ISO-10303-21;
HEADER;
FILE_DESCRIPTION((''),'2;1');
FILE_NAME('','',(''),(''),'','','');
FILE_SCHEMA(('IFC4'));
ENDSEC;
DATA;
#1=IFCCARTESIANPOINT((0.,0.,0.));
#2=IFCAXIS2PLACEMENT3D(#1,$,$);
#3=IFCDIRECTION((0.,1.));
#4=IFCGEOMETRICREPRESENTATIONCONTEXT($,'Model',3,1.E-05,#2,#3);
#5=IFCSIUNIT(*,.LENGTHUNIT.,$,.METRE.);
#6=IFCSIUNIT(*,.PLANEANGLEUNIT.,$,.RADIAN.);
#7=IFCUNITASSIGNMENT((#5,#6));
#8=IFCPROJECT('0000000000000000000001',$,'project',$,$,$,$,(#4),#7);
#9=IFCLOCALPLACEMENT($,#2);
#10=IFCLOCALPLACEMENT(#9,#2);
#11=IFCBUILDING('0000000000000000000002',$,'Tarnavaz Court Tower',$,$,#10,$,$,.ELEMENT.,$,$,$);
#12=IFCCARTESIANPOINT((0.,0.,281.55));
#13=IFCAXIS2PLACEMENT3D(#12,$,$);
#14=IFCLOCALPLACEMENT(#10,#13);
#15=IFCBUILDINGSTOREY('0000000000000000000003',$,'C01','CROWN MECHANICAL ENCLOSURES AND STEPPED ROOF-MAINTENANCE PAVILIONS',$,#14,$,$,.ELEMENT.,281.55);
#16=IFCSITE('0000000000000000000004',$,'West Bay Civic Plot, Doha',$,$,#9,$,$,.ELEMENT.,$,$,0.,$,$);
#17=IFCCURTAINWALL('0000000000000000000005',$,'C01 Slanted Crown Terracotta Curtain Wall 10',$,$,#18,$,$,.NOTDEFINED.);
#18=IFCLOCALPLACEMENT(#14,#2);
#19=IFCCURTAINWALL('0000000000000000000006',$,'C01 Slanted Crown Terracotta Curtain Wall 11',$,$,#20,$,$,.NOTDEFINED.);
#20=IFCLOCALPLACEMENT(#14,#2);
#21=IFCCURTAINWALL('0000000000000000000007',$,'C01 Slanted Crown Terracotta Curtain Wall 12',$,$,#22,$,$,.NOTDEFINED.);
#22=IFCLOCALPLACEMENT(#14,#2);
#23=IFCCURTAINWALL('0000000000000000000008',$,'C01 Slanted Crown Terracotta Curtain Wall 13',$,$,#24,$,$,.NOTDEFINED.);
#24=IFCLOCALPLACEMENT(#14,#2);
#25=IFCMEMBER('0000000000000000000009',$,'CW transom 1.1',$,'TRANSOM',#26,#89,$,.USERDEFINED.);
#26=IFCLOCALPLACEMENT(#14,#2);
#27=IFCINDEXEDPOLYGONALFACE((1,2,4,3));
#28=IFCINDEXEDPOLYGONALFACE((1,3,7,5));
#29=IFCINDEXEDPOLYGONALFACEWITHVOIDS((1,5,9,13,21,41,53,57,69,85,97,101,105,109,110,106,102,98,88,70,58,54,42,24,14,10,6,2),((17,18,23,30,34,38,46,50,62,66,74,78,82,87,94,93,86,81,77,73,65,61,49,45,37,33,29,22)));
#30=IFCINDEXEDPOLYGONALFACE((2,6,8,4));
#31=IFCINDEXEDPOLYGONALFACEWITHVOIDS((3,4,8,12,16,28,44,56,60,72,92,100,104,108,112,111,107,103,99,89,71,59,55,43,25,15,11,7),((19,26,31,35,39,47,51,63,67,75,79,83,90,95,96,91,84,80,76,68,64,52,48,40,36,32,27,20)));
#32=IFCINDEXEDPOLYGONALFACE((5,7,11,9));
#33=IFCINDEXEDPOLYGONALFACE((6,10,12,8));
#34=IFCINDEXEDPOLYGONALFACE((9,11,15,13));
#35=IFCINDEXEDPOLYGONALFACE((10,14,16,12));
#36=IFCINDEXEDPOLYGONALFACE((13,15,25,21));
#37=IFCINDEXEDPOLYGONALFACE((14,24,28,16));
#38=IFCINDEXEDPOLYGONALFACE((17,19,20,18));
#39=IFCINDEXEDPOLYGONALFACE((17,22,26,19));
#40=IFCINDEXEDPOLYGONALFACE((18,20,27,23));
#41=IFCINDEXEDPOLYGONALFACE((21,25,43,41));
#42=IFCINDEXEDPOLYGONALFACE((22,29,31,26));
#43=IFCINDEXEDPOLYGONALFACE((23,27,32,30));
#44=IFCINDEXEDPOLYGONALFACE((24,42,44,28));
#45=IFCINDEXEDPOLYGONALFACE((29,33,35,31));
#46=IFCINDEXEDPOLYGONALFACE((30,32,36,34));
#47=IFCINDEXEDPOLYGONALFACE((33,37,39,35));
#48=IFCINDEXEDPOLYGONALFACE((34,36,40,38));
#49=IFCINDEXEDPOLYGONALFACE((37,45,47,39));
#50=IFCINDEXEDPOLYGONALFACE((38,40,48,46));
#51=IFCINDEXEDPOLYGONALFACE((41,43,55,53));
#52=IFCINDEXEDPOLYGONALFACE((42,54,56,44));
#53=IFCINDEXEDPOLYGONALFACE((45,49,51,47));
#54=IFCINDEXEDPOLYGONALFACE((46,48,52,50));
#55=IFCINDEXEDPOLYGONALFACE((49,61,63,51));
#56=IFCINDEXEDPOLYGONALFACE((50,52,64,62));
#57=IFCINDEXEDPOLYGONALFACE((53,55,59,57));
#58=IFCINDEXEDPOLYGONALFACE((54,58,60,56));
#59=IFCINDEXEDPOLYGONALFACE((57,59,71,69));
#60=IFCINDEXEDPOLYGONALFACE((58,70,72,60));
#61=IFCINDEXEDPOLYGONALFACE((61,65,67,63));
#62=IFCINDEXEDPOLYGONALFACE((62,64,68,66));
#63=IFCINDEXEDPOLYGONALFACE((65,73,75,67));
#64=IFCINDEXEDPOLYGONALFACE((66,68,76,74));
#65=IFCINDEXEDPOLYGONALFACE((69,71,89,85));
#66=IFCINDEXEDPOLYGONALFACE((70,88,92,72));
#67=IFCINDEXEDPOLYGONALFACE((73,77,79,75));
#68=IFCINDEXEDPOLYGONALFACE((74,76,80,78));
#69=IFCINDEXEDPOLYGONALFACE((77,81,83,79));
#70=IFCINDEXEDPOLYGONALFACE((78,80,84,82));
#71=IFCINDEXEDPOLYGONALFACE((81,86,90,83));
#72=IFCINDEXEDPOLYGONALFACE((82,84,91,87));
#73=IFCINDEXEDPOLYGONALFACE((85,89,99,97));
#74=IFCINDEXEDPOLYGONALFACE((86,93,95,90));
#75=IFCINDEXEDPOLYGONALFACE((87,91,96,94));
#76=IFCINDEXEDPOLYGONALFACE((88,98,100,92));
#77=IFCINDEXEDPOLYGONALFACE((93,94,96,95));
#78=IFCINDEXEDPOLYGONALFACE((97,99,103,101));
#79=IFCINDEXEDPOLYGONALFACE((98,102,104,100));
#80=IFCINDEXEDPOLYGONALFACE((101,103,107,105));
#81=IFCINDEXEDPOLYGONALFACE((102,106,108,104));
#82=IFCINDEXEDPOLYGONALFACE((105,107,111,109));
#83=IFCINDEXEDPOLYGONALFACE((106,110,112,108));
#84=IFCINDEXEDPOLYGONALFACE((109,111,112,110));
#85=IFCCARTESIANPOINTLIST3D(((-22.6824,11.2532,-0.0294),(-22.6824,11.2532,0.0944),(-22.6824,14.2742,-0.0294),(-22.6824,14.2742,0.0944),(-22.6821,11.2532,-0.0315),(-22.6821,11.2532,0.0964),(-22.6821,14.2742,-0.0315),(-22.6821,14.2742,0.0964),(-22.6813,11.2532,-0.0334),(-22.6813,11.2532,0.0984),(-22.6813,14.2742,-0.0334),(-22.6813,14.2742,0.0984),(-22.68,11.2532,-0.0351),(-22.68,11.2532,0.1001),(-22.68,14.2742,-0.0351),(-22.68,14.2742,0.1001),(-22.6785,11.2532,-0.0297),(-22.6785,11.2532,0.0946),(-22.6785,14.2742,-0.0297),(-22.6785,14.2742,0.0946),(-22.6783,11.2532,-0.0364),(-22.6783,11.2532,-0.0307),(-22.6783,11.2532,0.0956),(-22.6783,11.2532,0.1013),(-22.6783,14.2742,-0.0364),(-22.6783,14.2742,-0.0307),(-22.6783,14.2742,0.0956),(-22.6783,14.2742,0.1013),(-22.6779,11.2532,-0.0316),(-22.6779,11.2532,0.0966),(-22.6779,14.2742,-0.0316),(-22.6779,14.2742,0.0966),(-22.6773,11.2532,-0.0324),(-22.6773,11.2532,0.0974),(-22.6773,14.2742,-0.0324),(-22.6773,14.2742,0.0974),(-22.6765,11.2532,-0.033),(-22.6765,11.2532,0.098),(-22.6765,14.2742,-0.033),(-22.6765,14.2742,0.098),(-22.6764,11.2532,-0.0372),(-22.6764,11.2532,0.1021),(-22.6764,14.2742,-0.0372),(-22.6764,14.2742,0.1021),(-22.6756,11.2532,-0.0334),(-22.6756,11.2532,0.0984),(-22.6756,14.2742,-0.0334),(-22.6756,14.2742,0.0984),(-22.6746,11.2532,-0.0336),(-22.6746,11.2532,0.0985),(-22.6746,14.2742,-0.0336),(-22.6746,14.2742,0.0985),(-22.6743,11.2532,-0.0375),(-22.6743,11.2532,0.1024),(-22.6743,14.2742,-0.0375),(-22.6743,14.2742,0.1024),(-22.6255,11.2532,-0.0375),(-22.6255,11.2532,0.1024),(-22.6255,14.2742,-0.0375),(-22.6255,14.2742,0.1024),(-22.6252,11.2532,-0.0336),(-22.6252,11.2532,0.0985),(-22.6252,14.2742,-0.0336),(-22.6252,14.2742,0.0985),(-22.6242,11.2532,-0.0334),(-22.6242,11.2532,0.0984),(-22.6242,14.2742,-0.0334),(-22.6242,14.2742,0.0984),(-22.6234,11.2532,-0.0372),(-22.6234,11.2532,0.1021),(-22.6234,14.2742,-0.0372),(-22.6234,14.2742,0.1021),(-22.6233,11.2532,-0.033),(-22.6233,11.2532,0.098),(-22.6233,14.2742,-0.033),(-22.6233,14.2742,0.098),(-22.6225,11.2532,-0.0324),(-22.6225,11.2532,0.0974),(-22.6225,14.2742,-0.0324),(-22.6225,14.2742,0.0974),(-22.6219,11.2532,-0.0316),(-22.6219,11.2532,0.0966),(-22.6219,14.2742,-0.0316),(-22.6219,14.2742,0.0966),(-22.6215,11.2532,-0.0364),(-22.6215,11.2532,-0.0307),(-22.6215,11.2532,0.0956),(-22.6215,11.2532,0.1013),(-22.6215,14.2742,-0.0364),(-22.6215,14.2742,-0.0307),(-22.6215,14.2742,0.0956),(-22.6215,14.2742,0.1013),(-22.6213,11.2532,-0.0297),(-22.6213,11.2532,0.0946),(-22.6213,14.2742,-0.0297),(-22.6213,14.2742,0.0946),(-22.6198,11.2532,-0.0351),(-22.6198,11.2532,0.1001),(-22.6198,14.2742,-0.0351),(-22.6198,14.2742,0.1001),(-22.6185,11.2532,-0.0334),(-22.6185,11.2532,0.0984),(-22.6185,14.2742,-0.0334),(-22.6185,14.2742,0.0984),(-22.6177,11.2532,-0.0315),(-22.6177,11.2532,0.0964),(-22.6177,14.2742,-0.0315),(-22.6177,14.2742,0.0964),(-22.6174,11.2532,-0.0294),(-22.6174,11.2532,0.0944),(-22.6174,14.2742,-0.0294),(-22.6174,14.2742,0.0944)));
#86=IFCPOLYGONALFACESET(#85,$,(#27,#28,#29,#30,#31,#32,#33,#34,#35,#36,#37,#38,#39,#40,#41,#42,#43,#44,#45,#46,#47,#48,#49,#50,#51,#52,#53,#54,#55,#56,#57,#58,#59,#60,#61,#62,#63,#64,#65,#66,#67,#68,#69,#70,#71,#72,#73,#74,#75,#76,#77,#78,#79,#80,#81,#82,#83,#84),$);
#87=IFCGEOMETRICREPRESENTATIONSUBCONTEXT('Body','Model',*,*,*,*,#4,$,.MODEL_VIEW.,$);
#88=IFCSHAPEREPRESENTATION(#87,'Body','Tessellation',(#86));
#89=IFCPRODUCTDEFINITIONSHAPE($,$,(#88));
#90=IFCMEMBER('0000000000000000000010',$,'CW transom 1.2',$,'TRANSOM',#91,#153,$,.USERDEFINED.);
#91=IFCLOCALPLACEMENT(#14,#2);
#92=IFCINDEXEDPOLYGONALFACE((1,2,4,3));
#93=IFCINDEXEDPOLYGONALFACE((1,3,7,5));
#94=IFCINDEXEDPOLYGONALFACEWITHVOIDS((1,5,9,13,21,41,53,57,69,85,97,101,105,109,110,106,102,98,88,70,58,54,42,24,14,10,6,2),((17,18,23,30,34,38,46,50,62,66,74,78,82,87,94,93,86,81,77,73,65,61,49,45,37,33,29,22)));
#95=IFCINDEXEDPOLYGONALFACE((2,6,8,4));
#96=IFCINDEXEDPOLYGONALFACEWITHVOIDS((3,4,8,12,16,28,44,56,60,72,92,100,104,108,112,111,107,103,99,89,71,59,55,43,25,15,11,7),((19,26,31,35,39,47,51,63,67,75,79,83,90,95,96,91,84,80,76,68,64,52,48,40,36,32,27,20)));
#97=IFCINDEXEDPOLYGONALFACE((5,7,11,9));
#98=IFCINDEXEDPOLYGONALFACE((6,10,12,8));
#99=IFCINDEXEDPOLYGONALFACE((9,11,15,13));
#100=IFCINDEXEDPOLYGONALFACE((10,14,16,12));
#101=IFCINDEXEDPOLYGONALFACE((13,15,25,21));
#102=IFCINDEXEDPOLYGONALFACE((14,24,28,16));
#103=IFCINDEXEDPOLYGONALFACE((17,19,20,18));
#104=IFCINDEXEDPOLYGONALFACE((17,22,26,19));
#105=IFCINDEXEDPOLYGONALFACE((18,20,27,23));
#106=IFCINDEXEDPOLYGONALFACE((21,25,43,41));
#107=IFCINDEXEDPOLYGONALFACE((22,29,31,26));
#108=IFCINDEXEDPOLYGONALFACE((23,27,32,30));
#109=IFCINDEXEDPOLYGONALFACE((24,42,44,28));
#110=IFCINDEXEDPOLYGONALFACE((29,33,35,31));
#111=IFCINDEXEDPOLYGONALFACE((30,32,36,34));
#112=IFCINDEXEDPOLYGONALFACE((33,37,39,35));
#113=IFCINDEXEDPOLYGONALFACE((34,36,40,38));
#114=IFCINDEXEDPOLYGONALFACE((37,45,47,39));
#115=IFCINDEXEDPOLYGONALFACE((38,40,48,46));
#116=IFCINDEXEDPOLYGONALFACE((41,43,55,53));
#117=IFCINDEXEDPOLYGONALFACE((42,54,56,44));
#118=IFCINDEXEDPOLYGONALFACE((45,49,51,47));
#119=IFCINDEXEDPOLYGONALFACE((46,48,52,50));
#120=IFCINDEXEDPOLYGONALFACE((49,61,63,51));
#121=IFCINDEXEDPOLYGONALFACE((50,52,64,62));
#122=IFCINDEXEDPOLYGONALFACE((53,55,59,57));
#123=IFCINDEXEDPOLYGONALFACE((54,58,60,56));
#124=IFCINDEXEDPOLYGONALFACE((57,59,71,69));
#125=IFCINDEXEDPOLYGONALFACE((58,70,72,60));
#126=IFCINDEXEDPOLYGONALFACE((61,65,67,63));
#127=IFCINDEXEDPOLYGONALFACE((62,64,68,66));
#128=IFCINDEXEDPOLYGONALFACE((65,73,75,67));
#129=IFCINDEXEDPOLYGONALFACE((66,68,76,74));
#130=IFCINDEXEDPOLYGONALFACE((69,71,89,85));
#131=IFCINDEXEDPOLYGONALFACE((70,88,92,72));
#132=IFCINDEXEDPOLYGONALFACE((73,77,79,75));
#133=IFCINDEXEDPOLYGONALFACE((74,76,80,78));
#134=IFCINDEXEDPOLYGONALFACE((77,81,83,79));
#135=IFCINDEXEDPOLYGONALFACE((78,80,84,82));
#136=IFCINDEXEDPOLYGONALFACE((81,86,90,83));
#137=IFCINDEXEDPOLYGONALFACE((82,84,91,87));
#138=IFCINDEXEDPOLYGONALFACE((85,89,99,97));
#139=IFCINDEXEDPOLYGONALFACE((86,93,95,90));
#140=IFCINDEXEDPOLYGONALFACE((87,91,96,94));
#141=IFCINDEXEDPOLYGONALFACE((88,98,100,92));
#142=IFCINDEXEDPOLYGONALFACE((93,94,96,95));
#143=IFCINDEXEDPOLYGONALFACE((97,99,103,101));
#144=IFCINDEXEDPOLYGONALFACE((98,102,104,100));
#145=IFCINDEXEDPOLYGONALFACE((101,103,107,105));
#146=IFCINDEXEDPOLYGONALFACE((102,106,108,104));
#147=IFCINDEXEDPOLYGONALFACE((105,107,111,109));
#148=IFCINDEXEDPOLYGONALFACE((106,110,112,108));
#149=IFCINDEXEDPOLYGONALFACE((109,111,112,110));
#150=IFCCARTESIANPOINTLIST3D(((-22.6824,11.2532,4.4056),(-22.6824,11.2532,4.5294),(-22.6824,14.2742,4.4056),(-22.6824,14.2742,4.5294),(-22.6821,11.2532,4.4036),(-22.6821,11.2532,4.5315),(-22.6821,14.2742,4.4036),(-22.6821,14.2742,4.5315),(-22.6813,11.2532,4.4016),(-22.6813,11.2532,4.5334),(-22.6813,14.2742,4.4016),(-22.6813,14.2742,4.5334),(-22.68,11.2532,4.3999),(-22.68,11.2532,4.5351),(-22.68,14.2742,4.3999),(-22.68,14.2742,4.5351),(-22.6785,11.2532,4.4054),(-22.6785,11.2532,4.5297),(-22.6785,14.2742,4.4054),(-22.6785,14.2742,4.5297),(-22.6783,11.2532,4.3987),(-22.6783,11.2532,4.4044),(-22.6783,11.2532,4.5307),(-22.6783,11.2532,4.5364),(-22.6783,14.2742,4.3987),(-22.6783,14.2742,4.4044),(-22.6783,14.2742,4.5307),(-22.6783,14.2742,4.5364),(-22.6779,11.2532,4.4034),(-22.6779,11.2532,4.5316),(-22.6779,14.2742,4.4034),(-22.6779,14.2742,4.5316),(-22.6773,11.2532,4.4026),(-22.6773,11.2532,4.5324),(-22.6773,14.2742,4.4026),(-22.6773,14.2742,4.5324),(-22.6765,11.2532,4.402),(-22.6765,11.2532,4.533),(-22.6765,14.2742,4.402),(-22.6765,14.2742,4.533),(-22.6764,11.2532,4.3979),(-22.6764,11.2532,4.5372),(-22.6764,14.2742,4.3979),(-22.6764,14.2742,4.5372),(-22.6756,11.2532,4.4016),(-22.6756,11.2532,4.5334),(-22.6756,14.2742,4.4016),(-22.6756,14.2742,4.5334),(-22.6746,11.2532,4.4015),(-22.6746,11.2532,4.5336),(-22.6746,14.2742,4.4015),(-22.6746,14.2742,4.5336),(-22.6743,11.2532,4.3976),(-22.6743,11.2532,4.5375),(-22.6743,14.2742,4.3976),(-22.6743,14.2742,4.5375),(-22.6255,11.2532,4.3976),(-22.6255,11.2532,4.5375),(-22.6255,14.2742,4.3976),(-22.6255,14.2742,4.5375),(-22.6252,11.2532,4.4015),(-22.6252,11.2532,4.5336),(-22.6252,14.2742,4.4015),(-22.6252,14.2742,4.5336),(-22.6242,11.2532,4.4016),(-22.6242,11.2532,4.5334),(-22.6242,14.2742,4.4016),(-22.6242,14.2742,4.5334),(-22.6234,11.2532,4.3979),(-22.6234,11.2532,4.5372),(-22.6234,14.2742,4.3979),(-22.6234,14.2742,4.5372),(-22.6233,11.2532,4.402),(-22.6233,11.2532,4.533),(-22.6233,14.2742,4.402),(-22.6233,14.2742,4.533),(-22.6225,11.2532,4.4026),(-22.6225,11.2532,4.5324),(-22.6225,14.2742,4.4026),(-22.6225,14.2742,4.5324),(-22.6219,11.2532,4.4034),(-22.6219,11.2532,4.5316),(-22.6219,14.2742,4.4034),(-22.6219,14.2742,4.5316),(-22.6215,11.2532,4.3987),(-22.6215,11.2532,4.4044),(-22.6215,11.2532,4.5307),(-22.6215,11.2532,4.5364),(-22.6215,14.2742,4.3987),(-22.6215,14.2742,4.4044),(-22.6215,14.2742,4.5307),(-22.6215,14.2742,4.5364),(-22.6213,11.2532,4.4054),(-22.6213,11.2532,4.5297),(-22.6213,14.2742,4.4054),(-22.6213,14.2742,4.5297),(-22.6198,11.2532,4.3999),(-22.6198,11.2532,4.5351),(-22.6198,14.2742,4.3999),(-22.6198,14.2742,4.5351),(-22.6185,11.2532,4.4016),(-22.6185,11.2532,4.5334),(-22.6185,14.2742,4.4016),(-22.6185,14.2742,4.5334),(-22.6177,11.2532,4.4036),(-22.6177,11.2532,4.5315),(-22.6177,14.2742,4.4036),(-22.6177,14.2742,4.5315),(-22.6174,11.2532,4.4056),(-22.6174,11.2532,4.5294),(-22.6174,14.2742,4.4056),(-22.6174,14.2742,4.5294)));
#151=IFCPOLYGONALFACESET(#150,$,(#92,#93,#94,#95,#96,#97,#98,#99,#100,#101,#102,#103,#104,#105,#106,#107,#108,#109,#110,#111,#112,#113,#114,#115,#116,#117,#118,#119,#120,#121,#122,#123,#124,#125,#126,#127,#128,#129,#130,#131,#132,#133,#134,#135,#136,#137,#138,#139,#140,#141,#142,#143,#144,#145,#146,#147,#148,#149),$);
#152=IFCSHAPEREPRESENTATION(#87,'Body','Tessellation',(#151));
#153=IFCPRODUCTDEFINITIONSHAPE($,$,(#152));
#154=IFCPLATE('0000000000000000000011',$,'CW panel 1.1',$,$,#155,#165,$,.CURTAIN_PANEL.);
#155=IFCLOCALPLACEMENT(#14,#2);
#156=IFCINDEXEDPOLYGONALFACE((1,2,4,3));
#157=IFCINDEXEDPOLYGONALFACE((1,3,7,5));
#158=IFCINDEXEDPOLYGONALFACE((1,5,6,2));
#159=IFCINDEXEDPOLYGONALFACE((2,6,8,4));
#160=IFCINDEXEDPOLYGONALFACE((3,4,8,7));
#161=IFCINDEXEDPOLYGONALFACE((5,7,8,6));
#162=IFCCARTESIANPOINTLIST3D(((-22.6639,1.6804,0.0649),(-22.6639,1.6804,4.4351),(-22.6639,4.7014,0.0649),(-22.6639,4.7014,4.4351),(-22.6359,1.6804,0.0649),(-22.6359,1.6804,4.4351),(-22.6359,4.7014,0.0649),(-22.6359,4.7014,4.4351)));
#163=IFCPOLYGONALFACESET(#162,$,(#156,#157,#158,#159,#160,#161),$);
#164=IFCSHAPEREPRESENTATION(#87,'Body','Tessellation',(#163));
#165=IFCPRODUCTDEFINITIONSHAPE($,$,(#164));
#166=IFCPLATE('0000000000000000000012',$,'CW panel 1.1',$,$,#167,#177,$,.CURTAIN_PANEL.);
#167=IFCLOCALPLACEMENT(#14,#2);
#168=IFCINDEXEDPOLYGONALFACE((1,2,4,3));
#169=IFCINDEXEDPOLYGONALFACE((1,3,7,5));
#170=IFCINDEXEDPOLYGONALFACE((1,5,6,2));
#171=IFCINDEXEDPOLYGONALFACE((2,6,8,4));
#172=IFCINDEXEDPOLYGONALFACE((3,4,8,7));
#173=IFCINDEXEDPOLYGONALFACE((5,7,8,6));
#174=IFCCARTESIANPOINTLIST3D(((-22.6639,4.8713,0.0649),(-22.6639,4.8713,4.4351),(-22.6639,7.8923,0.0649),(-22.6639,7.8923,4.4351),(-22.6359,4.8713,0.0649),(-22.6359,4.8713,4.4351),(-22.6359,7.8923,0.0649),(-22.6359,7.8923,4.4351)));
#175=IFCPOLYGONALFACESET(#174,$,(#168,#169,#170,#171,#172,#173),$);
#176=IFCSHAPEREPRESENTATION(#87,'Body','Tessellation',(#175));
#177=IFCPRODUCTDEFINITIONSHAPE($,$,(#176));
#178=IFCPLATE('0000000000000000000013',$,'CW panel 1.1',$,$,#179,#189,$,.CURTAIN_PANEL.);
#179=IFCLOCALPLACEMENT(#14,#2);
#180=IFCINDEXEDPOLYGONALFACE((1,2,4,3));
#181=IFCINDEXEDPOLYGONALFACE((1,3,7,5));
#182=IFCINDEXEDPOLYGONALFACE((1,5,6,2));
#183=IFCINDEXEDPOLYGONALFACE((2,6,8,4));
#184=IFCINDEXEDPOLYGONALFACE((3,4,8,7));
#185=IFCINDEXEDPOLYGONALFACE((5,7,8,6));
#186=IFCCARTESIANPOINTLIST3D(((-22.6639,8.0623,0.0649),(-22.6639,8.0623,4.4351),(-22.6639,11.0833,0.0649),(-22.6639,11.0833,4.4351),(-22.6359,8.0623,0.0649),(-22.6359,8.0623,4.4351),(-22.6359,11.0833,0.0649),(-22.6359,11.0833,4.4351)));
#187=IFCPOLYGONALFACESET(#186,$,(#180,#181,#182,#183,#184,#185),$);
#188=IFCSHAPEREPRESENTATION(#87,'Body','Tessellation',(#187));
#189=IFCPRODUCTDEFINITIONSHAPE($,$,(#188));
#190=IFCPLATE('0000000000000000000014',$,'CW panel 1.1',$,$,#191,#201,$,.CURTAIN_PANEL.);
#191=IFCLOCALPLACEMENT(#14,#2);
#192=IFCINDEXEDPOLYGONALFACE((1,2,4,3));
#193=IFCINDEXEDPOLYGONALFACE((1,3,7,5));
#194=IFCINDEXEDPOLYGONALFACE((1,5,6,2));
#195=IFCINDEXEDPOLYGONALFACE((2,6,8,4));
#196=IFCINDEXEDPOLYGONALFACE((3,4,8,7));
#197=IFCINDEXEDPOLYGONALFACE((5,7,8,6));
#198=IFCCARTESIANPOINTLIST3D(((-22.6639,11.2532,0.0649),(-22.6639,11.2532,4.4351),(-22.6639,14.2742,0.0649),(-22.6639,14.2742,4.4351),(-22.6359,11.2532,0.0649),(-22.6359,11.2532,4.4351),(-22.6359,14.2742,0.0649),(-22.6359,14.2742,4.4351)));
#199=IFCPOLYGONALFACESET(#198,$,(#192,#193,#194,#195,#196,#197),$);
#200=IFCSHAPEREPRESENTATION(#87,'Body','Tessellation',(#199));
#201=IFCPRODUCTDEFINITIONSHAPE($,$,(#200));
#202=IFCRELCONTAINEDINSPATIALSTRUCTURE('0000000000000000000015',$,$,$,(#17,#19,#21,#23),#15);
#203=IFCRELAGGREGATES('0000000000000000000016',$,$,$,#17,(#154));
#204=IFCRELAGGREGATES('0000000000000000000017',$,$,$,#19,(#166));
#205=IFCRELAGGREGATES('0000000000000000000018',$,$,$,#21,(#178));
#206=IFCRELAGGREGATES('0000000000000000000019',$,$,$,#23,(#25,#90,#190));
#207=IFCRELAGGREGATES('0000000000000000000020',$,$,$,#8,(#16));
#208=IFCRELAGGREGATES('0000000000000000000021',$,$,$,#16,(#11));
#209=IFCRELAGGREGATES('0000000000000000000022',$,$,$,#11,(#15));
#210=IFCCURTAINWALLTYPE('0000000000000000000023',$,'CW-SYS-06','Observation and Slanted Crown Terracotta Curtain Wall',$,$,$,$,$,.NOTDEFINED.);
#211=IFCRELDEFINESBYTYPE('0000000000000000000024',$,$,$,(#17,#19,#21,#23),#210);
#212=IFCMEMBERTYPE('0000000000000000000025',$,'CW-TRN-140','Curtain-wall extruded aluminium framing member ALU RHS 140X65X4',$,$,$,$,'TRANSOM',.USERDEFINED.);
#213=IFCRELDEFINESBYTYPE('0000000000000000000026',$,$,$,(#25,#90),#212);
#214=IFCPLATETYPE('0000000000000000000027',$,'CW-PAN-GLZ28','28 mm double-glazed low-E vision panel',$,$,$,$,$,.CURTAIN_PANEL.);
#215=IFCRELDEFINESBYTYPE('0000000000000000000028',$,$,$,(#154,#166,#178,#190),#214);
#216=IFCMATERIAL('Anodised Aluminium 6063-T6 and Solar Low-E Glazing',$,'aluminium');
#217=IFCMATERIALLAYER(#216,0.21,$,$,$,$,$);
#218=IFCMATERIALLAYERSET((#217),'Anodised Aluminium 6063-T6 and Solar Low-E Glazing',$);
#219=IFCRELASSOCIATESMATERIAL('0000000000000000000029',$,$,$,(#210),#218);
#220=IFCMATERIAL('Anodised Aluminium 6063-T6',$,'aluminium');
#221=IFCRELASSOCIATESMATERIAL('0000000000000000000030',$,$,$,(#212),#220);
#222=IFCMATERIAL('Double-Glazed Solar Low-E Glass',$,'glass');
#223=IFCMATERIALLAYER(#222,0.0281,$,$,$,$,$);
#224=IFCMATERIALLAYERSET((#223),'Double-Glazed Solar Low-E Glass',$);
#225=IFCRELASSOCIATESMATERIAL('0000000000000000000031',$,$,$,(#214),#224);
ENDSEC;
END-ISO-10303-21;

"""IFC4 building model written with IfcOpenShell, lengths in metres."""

from ifc_helpers import new_model, si_unit, direction, frame, origin, origin_2d, place, context, subcontext, project, spatial, rectangle, hollow_rectangle, extrude, material, layer, layer_set, material_profile, profile_set, type_object, element, aggregate, save


model = new_model("IFC4")

# Units and contexts
model_context = context("Model", 3, precision=1e-05, world=origin(), true_north=direction((0.0, 1.0)))
body_context = subcontext(model_context, "Body", "Model", "MODEL_VIEW")
ifc_project = project(units=[si_unit("LENGTHUNIT", "METRE"), si_unit("PLANEANGLEUNIT", "RADIAN")], contexts=[model_context])

# Site, building, storey
site_placement = place(None, origin())
site = spatial("IfcSite", under=ifc_project, at=site_placement, Name="West Bay Civic Plot, Doha", CompositionType="ELEMENT", RefElevation=0.0)
building_placement = place(site_placement, origin())
building = spatial("IfcBuilding", under=site, at=building_placement, Name="Tarnavaz Court Tower", CompositionType="ELEMENT")
storey_placement = place(building_placement, frame((0.0, 0.0, 281.55)))
storey = spatial("IfcBuildingStorey", under=building, at=storey_placement, Name="C01", Description="CROWN MECHANICAL ENCLOSURES AND STEPPED ROOF-MAINTENANCE PAVILIONS", CompositionType="ELEMENT", Elevation=281.55)

# Curtain wall
ifc_material_1 = material(Name="Anodised Aluminium 6063-T6 and Solar Low-E Glazing", Category="aluminium")
ifc_layer_1 = layer(ifc_material_1, 0.21)
ifc_layer_set_1 = layer_set([ifc_layer_1], Name="Anodised Aluminium 6063-T6 and Solar Low-E Glazing")
curtain_wall_type = type_object("IfcCurtainWallType", Name="CW-SYS-06", Description="Observation and Slanted Crown Terracotta Curtain Wall", PredefinedType="NOTDEFINED", material=ifc_layer_set_1)
curtain_wall_1_placement = place(storey_placement, origin())
curtain_wall_1 = element("IfcCurtainWall", 1, at=curtain_wall_1_placement, inside=storey, type_object=curtain_wall_type, Name="C01 Slanted Crown Terracotta Curtain Wall 10", PredefinedType="NOTDEFINED")
ifc_material_2 = material(Name="Anodised Aluminium 6063-T6", Category="aluminium")

# Curtain walls
curtain_wall_2_placement = place(storey_placement, origin())
curtain_wall_2 = element("IfcCurtainWall", 2, at=curtain_wall_2_placement, inside=storey, type_object=curtain_wall_type, Name="C01 Slanted Crown Terracotta Curtain Wall 11", PredefinedType="NOTDEFINED")
curtain_wall_3_placement = place(storey_placement, origin())
curtain_wall_3 = element("IfcCurtainWall", 3, at=curtain_wall_3_placement, inside=storey, type_object=curtain_wall_type, Name="C01 Slanted Crown Terracotta Curtain Wall 12", PredefinedType="NOTDEFINED")

# Curtain wall
curtain_wall_4_placement = place(storey_placement, origin())
curtain_wall_4 = element("IfcCurtainWall", 4, at=curtain_wall_4_placement, inside=storey, type_object=curtain_wall_type, Name="C01 Slanted Crown Terracotta Curtain Wall 13", PredefinedType="NOTDEFINED")

# Members
ifc_material_profile_1 = material_profile(ifc_material_2, hollow_rectangle(XDim=0.0649, YDim=0.1399, WallThickness=0.0039, InnerFilletRadius=0.0039, OuterFilletRadius=0.0081, at=origin_2d()), Name="ALU RHS 140X65X4")
ifc_profile_set_1 = profile_set([ifc_material_profile_1], Name="Anodised Aluminium 6063-T6")
member_type_1 = type_object("IfcMemberType", Name="CW-TRN-140", Description="Curtain-wall extruded aluminium framing member ALU RHS 140X65X4", ElementType="TRANSOM", PredefinedType="USERDEFINED", material=ifc_profile_set_1)
member_1_placement = place(storey_placement, frame((-22.6499, 11.2532, 0.0325), z_axis=(0.0, 1.0, 0.0), x_axis=(-1.0, 0.0, 0.0)))
member_1 = element("IfcMember", 5, at=member_1_placement, type_object=member_type_1, Name="CW transom 1.1", ObjectType="TRANSOM", PredefinedType="USERDEFINED", context=body_context, shape_type="SweptSolid", body=[
    extrude(hollow_rectangle(XDim=0.0649, YDim=0.1399, WallThickness=0.0039, InnerFilletRadius=0.0039, OuterFilletRadius=0.0081, at=origin_2d()), origin(), (0.0, 0.0, 1.0), 3.021),
])
member_2_placement = place(storey_placement, frame((-22.6499, 11.2532, 4.4675), z_axis=(0.0, 1.0, 0.0), x_axis=(-1.0, 0.0, 0.0)))
member_2 = element("IfcMember", 6, at=member_2_placement, type_object=member_type_1, Name="CW transom 1.2", ObjectType="TRANSOM", PredefinedType="USERDEFINED", context=body_context, shape_type="SweptSolid", body=[
    extrude(hollow_rectangle(XDim=0.0649, YDim=0.1399, WallThickness=0.0039, InnerFilletRadius=0.0039, OuterFilletRadius=0.0081, at=origin_2d()), origin(), (0.0, 0.0, 1.0), 3.021),
])

# Plates
ifc_material_3 = material(Name="Double-Glazed Solar Low-E Glass", Category="glass")
ifc_layer_2 = layer(ifc_material_3, 0.0281)
ifc_layer_set_2 = layer_set([ifc_layer_2], Name="Double-Glazed Solar Low-E Glass")
plate_type_1 = type_object("IfcPlateType", Name="CW-PAN-GLZ28", Description="28 mm double-glazed low-E vision panel", PredefinedType="CURTAIN_PANEL", material=ifc_layer_set_2)
plate_1_placement = place(storey_placement, frame((-22.6499, 3.1909, 0.0649), z_axis=(0.0, 0.0, 1.0), x_axis=(0.0, 1.0, 0.0)))
plate_1 = element("IfcPlate", 7, at=plate_1_placement, type_object=plate_type_1, Name="CW panel 1.1", PredefinedType="CURTAIN_PANEL", context=body_context, shape_type="SweptSolid", body=[
    extrude(rectangle(XDim=3.021, YDim=0.0281, at=origin_2d()), origin(), (0.0, 0.0, 1.0), 4.3701),
])
aggregate(curtain_wall_1, [plate_1])
plate_2_placement = place(storey_placement, frame((-22.6499, 6.3818, 0.0649), z_axis=(0.0, 0.0, 1.0), x_axis=(0.0, 1.0, 0.0)))
plate_2 = element("IfcPlate", 8, at=plate_2_placement, type_object=plate_type_1, Name="CW panel 1.1", PredefinedType="CURTAIN_PANEL", context=body_context, shape_type="SweptSolid", body=[
    extrude(rectangle(XDim=3.021, YDim=0.0281, at=origin_2d()), origin(), (0.0, 0.0, 1.0), 4.3701),
])
aggregate(curtain_wall_2, [plate_2])
plate_3_placement = place(storey_placement, frame((-22.6499, 9.5728, 0.0649), z_axis=(0.0, 0.0, 1.0), x_axis=(0.0, 1.0, 0.0)))
plate_3 = element("IfcPlate", 9, at=plate_3_placement, type_object=plate_type_1, Name="CW panel 1.1", PredefinedType="CURTAIN_PANEL", context=body_context, shape_type="SweptSolid", body=[
    extrude(rectangle(XDim=3.021, YDim=0.0281, at=origin_2d()), origin(), (0.0, 0.0, 1.0), 4.3701),
])
aggregate(curtain_wall_3, [plate_3])
plate_4_placement = place(storey_placement, frame((-22.6499, 12.7637, 0.0649), z_axis=(0.0, 0.0, 1.0), x_axis=(0.0, 1.0, 0.0)))
plate_4 = element("IfcPlate", 10, at=plate_4_placement, type_object=plate_type_1, Name="CW panel 1.1", PredefinedType="CURTAIN_PANEL", context=body_context, shape_type="SweptSolid", body=[
    extrude(rectangle(XDim=3.021, YDim=0.0281, at=origin_2d()), origin(), (0.0, 0.0, 1.0), 4.3701),
])
aggregate(curtain_wall_4, [member_1, member_2, plate_4])

save(model, "model.ifc")
